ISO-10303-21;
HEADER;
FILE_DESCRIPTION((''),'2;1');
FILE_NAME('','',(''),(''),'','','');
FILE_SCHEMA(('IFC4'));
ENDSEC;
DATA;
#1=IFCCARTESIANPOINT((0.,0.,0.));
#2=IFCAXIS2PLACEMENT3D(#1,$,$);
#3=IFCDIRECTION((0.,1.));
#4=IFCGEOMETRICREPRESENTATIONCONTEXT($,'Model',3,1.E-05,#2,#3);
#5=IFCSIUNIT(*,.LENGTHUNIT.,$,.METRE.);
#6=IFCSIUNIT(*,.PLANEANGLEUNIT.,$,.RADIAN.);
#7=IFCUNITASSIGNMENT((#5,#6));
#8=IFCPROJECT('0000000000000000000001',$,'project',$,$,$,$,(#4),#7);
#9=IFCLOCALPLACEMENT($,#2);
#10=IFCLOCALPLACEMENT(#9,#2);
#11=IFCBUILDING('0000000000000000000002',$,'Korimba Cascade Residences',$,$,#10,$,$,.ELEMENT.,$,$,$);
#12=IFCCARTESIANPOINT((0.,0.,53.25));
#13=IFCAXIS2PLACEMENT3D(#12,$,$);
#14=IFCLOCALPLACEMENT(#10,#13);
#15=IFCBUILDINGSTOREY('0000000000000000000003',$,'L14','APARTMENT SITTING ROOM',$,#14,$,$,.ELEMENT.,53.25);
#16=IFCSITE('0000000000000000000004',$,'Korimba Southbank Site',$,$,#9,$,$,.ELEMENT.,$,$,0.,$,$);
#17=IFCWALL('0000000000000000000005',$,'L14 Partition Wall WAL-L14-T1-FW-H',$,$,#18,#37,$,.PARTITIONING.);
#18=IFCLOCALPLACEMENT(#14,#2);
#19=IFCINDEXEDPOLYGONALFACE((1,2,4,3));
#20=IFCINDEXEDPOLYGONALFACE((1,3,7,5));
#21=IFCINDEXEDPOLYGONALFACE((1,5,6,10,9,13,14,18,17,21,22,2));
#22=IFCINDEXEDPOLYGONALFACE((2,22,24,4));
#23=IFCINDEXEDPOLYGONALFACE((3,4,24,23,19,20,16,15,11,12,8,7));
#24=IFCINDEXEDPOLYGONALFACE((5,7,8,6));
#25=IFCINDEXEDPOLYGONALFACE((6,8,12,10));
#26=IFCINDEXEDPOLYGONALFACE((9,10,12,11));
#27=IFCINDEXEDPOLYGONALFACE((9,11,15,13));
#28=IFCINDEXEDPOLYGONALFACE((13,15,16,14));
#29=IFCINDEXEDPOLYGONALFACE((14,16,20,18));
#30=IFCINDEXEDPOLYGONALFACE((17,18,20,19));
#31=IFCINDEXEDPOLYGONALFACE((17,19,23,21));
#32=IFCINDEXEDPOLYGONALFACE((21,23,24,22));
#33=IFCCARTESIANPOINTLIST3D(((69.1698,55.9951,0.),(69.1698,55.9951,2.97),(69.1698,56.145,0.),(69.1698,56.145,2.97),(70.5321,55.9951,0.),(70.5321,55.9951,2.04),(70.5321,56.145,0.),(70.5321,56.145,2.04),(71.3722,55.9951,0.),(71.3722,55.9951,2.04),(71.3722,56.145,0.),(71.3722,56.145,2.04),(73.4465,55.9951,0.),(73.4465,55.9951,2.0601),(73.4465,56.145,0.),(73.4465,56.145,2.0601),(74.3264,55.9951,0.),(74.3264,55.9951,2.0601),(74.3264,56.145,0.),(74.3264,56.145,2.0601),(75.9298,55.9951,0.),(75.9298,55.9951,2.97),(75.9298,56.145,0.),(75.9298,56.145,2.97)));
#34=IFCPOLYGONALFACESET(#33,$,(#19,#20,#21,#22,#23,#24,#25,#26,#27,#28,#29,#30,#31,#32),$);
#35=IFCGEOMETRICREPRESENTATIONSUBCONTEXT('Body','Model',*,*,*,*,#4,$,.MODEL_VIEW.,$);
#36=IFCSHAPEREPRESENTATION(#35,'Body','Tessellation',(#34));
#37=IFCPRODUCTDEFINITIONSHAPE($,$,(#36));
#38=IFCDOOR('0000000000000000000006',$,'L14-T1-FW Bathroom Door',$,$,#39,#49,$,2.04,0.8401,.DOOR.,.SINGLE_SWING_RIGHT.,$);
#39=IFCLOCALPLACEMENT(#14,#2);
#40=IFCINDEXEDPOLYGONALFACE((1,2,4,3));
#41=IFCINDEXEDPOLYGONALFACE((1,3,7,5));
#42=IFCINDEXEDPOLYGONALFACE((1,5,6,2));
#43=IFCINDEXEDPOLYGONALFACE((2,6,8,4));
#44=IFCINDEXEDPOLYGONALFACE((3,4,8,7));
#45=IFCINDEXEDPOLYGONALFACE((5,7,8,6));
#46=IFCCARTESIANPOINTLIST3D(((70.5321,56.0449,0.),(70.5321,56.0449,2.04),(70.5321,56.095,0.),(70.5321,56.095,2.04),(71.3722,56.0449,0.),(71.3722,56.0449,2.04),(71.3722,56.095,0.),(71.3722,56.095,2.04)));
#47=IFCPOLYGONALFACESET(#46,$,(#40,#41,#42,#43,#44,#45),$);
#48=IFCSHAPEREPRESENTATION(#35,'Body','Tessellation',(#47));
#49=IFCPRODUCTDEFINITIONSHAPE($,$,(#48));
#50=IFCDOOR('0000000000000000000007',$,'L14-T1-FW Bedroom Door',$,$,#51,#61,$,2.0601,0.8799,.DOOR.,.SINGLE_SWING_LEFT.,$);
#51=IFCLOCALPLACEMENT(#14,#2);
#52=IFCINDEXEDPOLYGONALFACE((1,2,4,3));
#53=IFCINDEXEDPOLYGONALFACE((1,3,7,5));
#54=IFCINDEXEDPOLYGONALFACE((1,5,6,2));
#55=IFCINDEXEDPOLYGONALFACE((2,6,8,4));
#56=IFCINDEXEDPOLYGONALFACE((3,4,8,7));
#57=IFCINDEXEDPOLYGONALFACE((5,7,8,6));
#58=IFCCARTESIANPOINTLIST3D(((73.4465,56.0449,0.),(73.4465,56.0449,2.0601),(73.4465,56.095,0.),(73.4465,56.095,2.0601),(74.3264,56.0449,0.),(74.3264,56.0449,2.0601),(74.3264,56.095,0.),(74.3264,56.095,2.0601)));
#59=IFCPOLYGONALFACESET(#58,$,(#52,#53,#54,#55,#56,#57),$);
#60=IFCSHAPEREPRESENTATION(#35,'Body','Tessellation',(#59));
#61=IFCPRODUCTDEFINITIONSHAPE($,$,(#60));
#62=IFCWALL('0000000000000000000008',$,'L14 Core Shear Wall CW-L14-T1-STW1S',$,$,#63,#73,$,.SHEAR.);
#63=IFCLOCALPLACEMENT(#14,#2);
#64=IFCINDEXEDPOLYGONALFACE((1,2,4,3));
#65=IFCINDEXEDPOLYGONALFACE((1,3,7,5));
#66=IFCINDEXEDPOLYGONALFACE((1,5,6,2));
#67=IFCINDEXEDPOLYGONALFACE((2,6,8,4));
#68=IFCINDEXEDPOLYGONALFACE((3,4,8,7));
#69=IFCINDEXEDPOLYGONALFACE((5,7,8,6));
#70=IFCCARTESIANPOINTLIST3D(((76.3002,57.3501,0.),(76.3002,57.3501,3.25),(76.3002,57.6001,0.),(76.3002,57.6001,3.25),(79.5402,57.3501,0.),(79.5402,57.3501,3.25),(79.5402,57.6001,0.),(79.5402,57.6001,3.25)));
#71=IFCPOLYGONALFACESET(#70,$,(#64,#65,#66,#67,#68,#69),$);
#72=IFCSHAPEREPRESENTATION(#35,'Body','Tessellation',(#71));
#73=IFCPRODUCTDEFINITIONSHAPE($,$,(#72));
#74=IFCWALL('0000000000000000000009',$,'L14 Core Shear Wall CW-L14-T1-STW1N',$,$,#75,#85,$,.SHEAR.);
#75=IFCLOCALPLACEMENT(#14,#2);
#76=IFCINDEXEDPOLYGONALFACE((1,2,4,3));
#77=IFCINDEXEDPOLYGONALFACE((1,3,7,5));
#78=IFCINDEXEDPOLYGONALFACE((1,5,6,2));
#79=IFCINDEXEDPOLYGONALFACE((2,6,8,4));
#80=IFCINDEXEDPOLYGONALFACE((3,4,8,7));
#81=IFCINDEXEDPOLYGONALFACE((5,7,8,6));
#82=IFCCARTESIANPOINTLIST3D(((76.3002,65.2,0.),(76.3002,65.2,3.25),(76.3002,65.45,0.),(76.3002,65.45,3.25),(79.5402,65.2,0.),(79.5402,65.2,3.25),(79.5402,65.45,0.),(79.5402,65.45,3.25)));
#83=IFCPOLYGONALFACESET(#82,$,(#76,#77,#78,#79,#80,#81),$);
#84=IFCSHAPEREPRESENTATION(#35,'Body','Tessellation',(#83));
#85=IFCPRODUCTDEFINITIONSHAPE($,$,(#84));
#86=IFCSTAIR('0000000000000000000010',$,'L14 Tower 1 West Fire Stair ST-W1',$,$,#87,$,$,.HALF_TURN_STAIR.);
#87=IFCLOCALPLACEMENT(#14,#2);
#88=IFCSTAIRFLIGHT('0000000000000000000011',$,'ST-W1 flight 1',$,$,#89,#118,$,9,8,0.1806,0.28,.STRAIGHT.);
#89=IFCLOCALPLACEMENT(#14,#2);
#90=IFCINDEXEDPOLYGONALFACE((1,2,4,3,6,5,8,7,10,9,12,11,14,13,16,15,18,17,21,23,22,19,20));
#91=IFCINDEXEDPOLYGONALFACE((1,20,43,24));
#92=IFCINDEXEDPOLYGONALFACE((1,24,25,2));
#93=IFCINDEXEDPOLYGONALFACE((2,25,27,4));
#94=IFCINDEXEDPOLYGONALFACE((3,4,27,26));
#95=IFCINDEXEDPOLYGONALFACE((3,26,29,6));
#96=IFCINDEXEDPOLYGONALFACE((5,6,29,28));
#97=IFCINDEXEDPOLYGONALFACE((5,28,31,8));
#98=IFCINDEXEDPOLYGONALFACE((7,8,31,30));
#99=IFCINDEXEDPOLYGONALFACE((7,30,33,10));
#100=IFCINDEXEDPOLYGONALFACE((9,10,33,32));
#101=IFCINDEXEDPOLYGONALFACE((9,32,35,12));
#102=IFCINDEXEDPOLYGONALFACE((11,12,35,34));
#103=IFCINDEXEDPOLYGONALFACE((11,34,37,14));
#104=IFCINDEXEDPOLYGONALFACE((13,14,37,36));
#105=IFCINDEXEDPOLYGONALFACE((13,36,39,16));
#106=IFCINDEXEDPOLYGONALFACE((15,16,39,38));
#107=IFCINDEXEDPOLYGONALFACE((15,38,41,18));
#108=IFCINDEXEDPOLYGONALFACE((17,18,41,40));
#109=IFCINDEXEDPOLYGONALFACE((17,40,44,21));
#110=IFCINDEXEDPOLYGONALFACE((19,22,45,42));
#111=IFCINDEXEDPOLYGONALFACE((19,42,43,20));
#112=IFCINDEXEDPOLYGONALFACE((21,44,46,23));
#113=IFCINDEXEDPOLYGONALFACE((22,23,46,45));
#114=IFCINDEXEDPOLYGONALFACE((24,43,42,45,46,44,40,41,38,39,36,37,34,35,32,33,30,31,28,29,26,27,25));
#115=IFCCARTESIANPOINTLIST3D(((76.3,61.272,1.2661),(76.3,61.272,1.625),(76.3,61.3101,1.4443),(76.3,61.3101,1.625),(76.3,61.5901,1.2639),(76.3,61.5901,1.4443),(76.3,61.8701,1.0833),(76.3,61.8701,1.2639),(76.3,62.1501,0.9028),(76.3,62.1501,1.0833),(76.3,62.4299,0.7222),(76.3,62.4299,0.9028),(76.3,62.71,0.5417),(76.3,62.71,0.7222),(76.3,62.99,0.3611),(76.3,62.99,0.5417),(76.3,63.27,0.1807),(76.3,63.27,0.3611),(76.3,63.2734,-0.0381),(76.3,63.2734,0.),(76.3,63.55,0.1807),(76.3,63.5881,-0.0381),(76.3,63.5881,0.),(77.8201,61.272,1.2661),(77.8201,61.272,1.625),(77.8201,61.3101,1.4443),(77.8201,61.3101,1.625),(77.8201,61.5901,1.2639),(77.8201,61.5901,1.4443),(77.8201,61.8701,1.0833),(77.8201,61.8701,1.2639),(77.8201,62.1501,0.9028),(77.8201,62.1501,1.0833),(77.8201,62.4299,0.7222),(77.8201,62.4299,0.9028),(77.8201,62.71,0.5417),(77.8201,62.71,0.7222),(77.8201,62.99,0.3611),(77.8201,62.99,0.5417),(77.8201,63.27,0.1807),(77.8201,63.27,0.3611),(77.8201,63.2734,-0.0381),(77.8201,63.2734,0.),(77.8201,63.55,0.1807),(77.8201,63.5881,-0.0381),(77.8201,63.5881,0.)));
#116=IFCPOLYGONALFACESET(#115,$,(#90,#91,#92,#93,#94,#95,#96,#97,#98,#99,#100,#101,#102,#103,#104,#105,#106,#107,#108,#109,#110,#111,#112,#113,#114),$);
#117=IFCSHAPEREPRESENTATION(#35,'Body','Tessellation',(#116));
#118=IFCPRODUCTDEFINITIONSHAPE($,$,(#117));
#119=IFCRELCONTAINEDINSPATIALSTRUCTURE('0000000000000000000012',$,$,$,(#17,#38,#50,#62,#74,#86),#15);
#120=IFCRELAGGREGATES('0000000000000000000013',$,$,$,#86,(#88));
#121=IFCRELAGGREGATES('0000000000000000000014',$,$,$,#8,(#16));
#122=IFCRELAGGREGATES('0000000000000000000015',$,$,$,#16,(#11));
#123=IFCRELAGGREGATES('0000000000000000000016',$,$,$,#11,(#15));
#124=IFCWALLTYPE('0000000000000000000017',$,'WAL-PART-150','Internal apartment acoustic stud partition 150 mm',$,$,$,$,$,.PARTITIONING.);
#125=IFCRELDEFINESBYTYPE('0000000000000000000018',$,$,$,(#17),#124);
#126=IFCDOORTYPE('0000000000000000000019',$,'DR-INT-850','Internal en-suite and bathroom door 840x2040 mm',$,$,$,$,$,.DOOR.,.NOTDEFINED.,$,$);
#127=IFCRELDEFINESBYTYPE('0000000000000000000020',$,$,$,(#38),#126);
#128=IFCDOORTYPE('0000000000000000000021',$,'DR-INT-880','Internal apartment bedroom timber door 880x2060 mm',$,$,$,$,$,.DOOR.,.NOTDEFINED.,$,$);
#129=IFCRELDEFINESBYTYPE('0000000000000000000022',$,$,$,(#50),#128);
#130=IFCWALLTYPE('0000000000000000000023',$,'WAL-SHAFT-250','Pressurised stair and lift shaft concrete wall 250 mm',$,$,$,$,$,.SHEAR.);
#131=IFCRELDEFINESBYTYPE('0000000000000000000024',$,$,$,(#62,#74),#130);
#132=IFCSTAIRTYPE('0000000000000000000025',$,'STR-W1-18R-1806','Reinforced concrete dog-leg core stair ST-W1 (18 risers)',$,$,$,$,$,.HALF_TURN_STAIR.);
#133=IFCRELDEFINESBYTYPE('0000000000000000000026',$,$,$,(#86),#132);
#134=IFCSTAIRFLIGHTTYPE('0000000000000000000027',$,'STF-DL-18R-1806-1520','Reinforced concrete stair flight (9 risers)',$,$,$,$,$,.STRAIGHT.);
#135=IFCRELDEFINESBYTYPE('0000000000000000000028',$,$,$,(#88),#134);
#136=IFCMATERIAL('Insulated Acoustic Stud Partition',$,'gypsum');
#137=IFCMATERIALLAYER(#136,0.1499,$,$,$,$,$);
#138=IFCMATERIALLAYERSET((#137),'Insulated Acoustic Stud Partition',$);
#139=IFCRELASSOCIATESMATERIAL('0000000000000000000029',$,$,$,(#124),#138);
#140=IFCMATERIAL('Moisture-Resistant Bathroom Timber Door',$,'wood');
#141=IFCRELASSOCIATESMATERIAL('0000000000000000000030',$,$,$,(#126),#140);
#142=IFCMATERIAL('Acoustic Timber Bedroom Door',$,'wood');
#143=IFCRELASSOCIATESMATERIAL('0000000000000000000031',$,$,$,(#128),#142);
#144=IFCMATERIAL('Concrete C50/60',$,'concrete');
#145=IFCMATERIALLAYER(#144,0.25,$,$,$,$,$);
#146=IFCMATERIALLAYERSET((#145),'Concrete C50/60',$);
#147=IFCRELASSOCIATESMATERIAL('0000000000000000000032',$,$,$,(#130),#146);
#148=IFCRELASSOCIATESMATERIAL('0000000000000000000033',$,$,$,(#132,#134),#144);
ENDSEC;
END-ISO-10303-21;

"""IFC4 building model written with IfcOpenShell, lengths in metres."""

from ifc_helpers import new_model, si_unit, direction, frame, frame_2d, origin, place, context, subcontext, project, spatial, polyline, rectangle, outline, extrude, material, layer, layer_set, type_object, element, fill, aggregate, save


model = new_model("IFC4")

# Units and contexts
model_context = context("Model", 3, precision=1e-05, world=origin(), true_north=direction((0.0, 1.0)))
body_context = subcontext(model_context, "Body", "Model", "MODEL_VIEW")
ifc_project = project(units=[si_unit("LENGTHUNIT", "METRE"), si_unit("PLANEANGLEUNIT", "RADIAN")], contexts=[model_context])

# Site, building, storey
site_placement = place(None, origin())
site = spatial("IfcSite", under=ifc_project, at=site_placement, Name="Korimba Southbank Site", CompositionType="ELEMENT", RefElevation=0.0)
building_placement = place(site_placement, origin())
building = spatial("IfcBuilding", under=site, at=building_placement, Name="Korimba Cascade Residences", CompositionType="ELEMENT")
storey_placement = place(building_placement, frame((0.0, 0.0, 53.25)))
storey = spatial("IfcBuildingStorey", under=building, at=storey_placement, Name="L14", Description="APARTMENT SITTING ROOM", CompositionType="ELEMENT", Elevation=53.25)

# Shared definitions
ifc_material_1 = material(Name="Concrete C50/60", Category="concrete")

# Shared definitions
ifc_material_2 = material(Name="Insulated Acoustic Stud Partition", Category="gypsum")
ifc_layer_1 = layer(ifc_material_2, 0.1499)
ifc_layer_set_1 = layer_set([ifc_layer_1], Name="Insulated Acoustic Stud Partition")
wall_type_1 = type_object("IfcWallType", Name="WAL-PART-150", Description="Internal apartment acoustic stud partition 150 mm", PredefinedType="PARTITIONING", material=ifc_layer_set_1)

# Wall, openings, doors
wall_1_placement = place(storey_placement, frame((69.1699, 56.0701, 0.0), z_axis=(0.0, 0.0, 1.0), x_axis=(1.0, 0.0, 0.0)))
wall_1 = element("IfcWall", 1, at=wall_1_placement, inside=storey, type_object=wall_type_1, Name="L14 Partition Wall WAL-L14-T1-FW-H", PredefinedType="PARTITIONING", context=body_context, shape_type="SweptSolid", body=[
    extrude(rectangle(XDim=6.76, YDim=0.1499, at=frame_2d((3.3799, 0.0))), origin(), (0.0, 0.0, 1.0), 2.97),
])
opening_1_placement = place(wall_1_placement, frame((1.3623, 0.0, 0.0)))
opening_1 = element("IfcOpeningElement", 2, at=opening_1_placement, cuts=wall_1, PredefinedType="OPENING", context=body_context, shape_type="SweptSolid", body=[
    extrude(rectangle(XDim=0.8401, YDim=2.04, at=frame_2d((0.4199, 1.02))), frame((0.0, 0.085, 0.0), z_axis=(0.0, -1.0, 0.0), x_axis=(1.0, 0.0, 0.0)), (0.0, 0.0, 1.0), 0.1699),
])
opening_2_placement = place(wall_1_placement, frame((4.2766, 0.0, 0.0)))
opening_2 = element("IfcOpeningElement", 3, at=opening_2_placement, cuts=wall_1, PredefinedType="OPENING", context=body_context, shape_type="SweptSolid", body=[
    extrude(rectangle(XDim=0.8799, YDim=2.0601, at=frame_2d((0.4399, 1.03))), frame((0.0, 0.085, 0.0), z_axis=(0.0, -1.0, 0.0), x_axis=(1.0, 0.0, 0.0)), (0.0, 0.0, 1.0), 0.1699),
])
ifc_material_3 = material(Name="Moisture-Resistant Bathroom Timber Door", Category="wood")
door_type_1 = type_object("IfcDoorType", Name="DR-INT-850", Description="Internal en-suite and bathroom door 840x2040 mm", OperationType="NOTDEFINED", PredefinedType="DOOR", material=ifc_material_3)
door_1_placement = place(opening_1_placement, origin())
door_1 = element("IfcDoor", 4, at=door_1_placement, inside=storey, type_object=door_type_1, Name="L14-T1-FW Bathroom Door", OperationType="SINGLE_SWING_RIGHT", OverallHeight=2.04, OverallWidth=0.8401, PredefinedType="DOOR", context=body_context, shape_type="SweptSolid", body=[
    extrude(rectangle(XDim=0.8401, YDim=2.04, at=frame_2d((0.4199, 1.02))), frame((0.0, 0.0249, 0.0), z_axis=(0.0, -1.0, 0.0), x_axis=(1.0, 0.0, 0.0)), (0.0, 0.0, 1.0), 0.05),
])
fill(opening_1, door_1)
ifc_material_4 = material(Name="Acoustic Timber Bedroom Door", Category="wood")
door_type_2 = type_object("IfcDoorType", Name="DR-INT-880", Description="Internal apartment bedroom timber door 880x2060 mm", OperationType="NOTDEFINED", PredefinedType="DOOR", material=ifc_material_4)
door_2_placement = place(opening_2_placement, origin())
door_2 = element("IfcDoor", 5, at=door_2_placement, inside=storey, type_object=door_type_2, Name="L14-T1-FW Bedroom Door", OperationType="SINGLE_SWING_LEFT", OverallHeight=2.0601, OverallWidth=0.8799, PredefinedType="DOOR", context=body_context, shape_type="SweptSolid", body=[
    extrude(rectangle(XDim=0.8799, YDim=2.0601, at=frame_2d((0.4399, 1.03))), frame((0.0, 0.0249, 0.0), z_axis=(0.0, -1.0, 0.0), x_axis=(1.0, 0.0, 0.0)), (0.0, 0.0, 1.0), 0.05),
])
fill(opening_2, door_2)

# Walls
ifc_layer_2 = layer(ifc_material_1, 0.25)
ifc_layer_set_2 = layer_set([ifc_layer_2], Name="Concrete C50/60")
wall_type_2 = type_object("IfcWallType", Name="WAL-SHAFT-250", Description="Pressurised stair and lift shaft concrete wall 250 mm", PredefinedType="SHEAR", material=ifc_layer_set_2)
for number, where, z_axis, x_axis, name in (
    (6, (76.3, 57.4751, 0.0), (0.0, 0.0, 1.0), (1.0, 0.0, 0.0), "L14 Core Shear Wall CW-L14-T1-STW1S"),
    (7, (76.3, 65.325, 0.0), (0.0, 0.0, 1.0), (1.0, 0.0, 0.0), "L14 Core Shear Wall CW-L14-T1-STW1N"),
):
    element("IfcWall", number, at=place(storey_placement, frame(where, z_axis=z_axis, x_axis=x_axis)), inside=storey, type_object=wall_type_2, Name=name, PredefinedType="SHEAR", context=body_context, shape_type="SweptSolid", body=[
        extrude(rectangle(XDim=3.24, YDim=0.25, at=frame_2d((1.6201, 0.0))), origin(), (0.0, 0.0, 1.0), 3.25),
    ])

# Stair, stair flight
stair_type = type_object("IfcStairType", Name="STR-W1-18R-1806", Description="Reinforced concrete dog-leg core stair ST-W1 (18 risers)", PredefinedType="HALF_TURN_STAIR", material=ifc_material_1)
stair_placement = place(storey_placement, origin())
stair = element("IfcStair", 8, at=stair_placement, inside=storey, type_object=stair_type, Name="L14 Tower 1 West Fire Stair ST-W1", PredefinedType="HALF_TURN_STAIR")
stair_flight_type = type_object("IfcStairFlightType", Name="STF-DL-18R-1806-1520", Description="Reinforced concrete stair flight (9 risers)", PredefinedType="STRAIGHT", material=ifc_material_1)
stair_flight_placement = place(storey_placement, frame((77.0601, 63.55, 0.0), z_axis=(0.0, 0.0, 1.0), x_axis=(0.0, -1.0, 0.0)))
stair_flight = element("IfcStairFlight", 9, at=stair_flight_placement, type_object=stair_flight_type, Name="ST-W1 flight 1", NumberOfRisers=9, NumberOfTreads=8, PredefinedType="STRAIGHT", RiserHeight=0.1806, TreadLength=0.28, context=body_context, shape_type="SweptSolid", body=[
    extrude(outline(polyline([(-0.0381, 0.0), (0.0, 0.1807), (0.28, 0.1807), (0.28, 0.3611), (0.5601, 0.3611), (0.5601, 0.5417), (0.8401, 0.5417), (0.8401, 0.7222), (1.1201, 0.7222), (1.1201, 0.9028), (1.3999, 0.9028), (1.3999, 1.0833), (1.6799, 1.0833), (1.6799, 1.2639), (1.96, 1.2639), (1.96, 1.4443), (2.24, 1.4443), (2.24, 1.625), (2.2781, 1.625), (2.2781, 1.2661), (0.2766, 0.0), (0.2766, -0.0381), (-0.0381, -0.0381), (-0.0381, 0.0)])), frame((0.0, 0.76, 0.0), z_axis=(0.0, -1.0, 0.0), x_axis=(1.0, 0.0, 0.0)), (0.0, 0.0, 1.0), 1.52),
])
aggregate(stair, [stair_flight])

save(model, "model.ifc")
